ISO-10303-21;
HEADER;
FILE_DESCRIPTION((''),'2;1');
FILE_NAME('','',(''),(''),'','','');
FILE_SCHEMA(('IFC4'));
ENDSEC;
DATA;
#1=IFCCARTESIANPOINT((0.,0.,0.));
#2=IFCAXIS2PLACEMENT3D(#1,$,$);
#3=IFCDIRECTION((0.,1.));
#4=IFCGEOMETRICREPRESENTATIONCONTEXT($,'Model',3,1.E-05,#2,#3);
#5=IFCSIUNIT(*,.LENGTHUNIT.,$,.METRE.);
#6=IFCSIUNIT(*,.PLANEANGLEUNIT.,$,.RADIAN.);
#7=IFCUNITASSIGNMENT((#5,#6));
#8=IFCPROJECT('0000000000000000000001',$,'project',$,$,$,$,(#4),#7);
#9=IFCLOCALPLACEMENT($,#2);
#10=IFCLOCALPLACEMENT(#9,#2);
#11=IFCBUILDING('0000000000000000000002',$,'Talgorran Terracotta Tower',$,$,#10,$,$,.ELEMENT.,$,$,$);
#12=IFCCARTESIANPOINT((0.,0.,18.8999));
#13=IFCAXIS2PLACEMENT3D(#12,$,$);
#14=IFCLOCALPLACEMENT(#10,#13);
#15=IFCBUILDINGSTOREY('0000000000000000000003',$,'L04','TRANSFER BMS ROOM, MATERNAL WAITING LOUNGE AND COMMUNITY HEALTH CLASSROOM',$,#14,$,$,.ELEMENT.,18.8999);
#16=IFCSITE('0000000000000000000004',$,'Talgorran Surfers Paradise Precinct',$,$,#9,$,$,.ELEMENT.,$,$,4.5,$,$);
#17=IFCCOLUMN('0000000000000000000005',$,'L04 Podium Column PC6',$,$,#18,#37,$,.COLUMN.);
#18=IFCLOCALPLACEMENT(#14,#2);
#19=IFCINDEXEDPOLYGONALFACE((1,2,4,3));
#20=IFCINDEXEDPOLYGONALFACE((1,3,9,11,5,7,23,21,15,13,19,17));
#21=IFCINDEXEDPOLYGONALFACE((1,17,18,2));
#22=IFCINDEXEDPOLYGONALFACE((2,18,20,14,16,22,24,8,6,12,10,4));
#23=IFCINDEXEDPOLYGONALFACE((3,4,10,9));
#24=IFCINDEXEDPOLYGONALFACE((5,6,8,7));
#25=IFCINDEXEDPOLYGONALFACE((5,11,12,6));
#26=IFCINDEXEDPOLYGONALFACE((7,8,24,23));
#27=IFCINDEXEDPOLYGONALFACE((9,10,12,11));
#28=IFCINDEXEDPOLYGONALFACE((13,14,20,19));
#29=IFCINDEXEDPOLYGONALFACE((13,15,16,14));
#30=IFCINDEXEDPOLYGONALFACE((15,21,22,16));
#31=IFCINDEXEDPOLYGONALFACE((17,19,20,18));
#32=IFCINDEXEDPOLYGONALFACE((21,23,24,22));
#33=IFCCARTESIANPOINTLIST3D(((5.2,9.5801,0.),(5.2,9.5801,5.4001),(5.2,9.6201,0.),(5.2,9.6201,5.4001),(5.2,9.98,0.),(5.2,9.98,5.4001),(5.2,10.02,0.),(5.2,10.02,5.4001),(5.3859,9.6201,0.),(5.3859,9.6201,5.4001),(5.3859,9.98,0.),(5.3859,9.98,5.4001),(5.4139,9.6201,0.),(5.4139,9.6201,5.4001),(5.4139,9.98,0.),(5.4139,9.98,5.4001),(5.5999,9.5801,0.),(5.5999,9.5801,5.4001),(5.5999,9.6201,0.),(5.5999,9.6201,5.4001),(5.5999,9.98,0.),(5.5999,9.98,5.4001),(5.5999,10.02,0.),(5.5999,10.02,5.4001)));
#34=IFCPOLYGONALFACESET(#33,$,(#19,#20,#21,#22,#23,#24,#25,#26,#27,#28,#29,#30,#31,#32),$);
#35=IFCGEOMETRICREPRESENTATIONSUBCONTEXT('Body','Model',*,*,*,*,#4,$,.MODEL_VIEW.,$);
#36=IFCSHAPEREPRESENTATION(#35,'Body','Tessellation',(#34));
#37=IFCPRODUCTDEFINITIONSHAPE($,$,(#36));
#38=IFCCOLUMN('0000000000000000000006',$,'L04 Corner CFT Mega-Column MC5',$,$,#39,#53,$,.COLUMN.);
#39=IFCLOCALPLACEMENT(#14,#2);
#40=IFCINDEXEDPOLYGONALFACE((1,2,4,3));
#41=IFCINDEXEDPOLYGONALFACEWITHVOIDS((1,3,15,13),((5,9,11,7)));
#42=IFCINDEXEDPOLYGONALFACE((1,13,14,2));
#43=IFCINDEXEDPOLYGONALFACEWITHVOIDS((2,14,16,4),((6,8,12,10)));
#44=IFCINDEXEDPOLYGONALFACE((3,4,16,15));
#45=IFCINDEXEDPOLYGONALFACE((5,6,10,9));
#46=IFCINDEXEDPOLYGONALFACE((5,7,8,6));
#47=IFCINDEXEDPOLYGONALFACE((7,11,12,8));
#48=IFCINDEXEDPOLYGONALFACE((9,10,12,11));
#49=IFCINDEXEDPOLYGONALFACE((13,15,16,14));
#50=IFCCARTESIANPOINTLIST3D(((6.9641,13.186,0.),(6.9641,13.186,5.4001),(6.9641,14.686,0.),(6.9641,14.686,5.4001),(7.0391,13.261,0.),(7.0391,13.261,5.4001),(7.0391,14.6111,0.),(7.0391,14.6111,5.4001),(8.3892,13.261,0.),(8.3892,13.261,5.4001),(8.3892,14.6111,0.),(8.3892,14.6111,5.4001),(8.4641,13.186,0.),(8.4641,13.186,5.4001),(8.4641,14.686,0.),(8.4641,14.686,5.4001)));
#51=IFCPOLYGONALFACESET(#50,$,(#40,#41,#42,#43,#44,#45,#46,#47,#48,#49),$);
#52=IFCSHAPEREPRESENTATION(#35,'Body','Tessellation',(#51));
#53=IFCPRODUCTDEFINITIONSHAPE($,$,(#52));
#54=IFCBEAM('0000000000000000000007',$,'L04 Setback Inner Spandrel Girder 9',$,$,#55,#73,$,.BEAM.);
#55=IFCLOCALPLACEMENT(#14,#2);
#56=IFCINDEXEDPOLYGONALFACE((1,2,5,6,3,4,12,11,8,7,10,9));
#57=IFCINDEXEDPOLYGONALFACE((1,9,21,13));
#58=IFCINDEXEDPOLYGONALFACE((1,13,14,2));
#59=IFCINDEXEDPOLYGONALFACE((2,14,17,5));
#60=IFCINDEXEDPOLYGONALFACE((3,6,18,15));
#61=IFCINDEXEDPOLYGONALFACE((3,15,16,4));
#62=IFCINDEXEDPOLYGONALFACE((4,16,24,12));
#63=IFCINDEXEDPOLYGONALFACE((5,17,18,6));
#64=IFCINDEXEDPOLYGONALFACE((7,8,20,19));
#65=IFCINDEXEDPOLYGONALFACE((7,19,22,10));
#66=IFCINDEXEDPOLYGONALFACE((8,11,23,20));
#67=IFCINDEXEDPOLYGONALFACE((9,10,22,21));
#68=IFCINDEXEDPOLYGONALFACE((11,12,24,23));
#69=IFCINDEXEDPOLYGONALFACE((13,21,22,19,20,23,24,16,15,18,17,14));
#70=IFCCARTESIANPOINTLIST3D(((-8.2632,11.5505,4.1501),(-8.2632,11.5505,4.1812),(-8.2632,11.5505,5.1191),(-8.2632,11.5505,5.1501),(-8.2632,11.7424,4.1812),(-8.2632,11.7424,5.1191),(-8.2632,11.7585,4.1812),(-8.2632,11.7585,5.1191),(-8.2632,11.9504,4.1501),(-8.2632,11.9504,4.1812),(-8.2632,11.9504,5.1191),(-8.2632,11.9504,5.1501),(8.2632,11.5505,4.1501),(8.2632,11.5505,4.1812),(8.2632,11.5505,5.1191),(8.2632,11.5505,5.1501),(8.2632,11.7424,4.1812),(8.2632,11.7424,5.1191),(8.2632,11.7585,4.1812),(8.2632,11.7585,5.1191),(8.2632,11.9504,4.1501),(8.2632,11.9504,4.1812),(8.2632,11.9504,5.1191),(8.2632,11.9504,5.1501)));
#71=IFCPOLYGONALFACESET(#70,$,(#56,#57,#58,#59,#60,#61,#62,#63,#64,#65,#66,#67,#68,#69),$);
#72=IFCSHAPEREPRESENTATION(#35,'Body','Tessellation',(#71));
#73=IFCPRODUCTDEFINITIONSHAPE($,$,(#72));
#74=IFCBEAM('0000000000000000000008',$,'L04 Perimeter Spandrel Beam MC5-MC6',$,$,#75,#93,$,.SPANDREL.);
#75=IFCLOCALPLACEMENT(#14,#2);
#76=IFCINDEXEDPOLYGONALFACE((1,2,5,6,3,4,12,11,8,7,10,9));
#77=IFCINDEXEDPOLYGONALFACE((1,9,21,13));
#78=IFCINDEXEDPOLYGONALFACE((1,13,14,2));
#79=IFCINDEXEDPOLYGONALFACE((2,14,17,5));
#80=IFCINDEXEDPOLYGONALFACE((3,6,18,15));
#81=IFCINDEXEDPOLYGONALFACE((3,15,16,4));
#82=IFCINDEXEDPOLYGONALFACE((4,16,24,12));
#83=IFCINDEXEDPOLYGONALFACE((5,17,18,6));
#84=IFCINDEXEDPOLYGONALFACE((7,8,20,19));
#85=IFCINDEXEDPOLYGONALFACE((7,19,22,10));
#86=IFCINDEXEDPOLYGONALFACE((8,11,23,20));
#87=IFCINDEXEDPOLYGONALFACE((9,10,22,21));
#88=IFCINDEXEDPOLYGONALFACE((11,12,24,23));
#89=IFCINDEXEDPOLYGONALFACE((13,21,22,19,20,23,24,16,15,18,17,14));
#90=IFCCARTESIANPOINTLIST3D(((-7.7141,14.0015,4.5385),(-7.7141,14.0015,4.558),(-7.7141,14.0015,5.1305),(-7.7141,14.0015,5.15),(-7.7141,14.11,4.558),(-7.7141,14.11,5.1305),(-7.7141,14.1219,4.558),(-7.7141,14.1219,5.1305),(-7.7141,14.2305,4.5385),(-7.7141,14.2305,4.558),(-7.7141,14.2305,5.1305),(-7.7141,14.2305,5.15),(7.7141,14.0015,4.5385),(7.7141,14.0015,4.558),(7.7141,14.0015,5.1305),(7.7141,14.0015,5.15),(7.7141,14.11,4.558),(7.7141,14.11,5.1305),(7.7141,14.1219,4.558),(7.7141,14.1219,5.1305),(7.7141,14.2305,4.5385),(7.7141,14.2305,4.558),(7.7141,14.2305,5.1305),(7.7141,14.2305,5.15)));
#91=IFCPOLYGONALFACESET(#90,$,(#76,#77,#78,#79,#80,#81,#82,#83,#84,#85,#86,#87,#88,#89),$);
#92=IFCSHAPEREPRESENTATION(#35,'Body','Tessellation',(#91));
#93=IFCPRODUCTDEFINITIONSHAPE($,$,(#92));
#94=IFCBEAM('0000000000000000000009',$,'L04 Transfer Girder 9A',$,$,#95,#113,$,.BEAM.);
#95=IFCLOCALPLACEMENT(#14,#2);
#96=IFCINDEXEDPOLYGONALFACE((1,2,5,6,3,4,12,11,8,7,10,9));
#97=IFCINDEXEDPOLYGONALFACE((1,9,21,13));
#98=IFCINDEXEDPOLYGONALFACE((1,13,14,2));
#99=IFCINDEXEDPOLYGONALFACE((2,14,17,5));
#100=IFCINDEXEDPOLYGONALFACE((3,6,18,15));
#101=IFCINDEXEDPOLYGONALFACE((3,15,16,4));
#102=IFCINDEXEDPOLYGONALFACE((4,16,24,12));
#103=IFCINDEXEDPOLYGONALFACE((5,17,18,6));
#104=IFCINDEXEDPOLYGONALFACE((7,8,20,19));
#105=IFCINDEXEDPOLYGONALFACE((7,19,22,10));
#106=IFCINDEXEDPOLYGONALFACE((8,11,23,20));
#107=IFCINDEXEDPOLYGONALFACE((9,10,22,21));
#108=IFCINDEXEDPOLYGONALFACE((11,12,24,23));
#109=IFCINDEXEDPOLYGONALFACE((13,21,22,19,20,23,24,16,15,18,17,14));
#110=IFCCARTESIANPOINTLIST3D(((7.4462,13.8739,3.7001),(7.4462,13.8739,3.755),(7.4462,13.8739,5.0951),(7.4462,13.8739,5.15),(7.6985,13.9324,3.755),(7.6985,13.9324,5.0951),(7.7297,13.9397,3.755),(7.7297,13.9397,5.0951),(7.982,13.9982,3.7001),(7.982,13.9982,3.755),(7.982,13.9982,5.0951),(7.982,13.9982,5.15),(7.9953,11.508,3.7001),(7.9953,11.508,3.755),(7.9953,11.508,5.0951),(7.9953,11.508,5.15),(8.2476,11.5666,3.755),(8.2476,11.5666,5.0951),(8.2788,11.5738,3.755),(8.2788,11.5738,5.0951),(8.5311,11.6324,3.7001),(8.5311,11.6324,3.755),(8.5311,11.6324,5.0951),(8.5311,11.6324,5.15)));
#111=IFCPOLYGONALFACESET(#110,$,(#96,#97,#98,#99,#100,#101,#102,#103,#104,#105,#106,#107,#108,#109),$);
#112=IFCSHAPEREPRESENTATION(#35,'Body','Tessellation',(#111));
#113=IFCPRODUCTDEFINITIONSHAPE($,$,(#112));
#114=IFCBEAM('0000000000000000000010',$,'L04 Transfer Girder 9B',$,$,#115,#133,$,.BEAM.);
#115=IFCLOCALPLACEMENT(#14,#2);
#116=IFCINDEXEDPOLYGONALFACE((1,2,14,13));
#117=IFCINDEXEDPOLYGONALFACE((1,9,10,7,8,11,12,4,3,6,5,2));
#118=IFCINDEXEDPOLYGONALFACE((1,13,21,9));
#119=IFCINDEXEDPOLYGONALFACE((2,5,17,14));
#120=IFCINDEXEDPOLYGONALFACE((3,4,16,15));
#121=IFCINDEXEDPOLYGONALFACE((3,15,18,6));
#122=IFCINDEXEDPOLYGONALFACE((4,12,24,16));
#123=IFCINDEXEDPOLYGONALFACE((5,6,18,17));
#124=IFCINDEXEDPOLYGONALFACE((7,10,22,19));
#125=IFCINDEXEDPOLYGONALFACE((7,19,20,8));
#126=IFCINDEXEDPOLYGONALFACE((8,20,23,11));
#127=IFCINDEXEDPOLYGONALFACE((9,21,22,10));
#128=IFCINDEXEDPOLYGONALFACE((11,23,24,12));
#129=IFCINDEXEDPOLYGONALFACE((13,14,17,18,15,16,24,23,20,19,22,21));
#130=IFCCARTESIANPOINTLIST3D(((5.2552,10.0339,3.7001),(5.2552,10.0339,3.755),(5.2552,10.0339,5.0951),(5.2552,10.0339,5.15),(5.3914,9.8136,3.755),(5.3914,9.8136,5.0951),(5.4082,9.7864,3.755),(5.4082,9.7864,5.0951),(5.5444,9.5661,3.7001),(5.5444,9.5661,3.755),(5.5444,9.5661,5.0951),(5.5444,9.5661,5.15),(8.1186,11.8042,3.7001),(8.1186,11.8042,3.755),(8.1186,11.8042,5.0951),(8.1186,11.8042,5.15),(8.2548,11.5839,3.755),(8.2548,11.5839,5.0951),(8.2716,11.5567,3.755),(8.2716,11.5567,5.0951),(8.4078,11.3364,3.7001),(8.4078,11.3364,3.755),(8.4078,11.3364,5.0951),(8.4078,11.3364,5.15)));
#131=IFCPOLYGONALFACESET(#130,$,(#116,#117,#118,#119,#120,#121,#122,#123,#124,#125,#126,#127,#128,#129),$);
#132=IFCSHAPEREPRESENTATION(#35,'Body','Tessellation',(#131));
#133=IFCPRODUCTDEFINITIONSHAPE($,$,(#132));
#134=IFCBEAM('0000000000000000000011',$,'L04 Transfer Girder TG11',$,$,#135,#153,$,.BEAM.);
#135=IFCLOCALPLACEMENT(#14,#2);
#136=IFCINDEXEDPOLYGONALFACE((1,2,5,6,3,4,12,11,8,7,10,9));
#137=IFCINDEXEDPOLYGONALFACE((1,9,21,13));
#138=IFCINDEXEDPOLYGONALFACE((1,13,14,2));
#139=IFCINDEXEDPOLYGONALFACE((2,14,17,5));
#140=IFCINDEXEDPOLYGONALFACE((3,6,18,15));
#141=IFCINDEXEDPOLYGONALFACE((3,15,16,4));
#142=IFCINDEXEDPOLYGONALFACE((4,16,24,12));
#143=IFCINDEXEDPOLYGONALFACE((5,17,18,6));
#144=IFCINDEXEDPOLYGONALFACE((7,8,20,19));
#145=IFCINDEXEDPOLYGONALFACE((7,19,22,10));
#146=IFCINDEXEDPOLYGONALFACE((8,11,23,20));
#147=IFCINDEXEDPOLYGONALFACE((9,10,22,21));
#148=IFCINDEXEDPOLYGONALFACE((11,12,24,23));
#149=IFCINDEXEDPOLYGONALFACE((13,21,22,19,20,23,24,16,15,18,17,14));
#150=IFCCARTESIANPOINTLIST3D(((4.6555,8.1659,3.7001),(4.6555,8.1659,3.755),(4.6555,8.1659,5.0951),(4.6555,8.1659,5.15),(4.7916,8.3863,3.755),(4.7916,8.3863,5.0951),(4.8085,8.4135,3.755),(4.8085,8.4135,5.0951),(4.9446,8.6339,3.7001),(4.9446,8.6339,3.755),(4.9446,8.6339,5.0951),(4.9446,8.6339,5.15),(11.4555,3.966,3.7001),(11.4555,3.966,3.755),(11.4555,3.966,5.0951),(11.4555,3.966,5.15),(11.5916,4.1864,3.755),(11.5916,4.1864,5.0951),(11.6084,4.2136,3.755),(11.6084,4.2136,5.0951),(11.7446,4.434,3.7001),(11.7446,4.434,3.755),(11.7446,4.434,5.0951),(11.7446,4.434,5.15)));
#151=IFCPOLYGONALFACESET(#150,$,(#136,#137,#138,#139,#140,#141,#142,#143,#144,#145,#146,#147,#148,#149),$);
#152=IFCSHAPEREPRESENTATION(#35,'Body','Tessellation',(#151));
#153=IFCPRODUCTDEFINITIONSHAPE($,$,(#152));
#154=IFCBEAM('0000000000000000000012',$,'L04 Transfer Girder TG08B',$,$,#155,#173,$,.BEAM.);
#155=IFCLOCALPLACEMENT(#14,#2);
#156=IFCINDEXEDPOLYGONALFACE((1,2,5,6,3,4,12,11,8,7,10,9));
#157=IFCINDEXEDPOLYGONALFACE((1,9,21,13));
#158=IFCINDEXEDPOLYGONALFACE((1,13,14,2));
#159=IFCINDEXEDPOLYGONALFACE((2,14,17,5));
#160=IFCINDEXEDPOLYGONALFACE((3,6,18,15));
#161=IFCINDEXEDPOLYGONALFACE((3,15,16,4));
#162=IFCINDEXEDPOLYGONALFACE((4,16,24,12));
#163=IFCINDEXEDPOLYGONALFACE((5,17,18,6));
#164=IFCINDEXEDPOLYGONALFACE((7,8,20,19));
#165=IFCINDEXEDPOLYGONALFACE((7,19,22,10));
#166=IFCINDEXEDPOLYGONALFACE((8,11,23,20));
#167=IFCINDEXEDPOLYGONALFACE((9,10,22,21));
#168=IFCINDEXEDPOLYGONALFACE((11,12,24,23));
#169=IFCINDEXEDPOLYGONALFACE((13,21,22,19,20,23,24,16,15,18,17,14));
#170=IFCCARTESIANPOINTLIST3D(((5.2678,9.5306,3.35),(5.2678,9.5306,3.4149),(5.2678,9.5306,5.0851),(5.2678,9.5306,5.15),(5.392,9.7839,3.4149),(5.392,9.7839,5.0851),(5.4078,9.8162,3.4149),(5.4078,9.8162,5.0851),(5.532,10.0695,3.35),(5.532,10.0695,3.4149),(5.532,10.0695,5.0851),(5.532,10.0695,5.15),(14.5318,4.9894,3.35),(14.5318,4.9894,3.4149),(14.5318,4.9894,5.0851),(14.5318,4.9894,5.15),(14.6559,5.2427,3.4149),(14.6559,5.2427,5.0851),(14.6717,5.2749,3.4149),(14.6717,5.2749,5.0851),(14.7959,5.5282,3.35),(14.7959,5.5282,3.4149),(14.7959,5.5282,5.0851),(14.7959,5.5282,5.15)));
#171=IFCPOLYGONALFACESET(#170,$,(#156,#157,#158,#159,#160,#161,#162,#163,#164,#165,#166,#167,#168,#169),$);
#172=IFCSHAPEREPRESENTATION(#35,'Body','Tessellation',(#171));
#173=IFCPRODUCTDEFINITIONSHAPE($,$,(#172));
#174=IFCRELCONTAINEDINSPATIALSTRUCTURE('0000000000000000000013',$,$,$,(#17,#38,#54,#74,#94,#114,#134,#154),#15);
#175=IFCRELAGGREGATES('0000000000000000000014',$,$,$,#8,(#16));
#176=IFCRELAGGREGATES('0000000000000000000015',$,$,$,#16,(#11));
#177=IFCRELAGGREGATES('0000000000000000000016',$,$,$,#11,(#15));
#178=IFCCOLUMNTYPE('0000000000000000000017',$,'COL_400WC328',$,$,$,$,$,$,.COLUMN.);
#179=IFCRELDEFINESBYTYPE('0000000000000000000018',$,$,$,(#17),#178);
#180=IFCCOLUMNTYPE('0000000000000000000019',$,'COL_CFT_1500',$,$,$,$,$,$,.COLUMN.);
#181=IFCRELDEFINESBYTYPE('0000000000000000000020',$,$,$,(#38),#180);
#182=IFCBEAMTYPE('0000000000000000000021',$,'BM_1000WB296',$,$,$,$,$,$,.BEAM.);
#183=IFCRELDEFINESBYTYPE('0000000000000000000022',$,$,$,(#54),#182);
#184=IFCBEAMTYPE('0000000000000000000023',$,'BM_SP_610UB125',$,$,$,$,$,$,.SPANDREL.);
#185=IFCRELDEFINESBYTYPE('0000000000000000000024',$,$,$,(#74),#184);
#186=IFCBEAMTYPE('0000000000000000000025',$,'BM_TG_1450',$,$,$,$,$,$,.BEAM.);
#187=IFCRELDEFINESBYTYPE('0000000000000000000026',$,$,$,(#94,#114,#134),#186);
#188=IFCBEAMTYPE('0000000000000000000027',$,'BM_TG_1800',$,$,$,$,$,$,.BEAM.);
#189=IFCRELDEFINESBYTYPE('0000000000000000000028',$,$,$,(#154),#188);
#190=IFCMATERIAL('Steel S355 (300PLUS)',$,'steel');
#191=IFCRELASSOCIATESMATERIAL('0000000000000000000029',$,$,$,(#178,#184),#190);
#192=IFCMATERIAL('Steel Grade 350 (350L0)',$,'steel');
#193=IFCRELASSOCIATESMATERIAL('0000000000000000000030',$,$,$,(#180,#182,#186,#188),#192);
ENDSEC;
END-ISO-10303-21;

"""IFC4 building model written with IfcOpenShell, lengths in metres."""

from ifc_helpers import new_model, si_unit, direction, frame, origin, origin_2d, place, context, subcontext, project, spatial, hollow_rectangle, i_section, extrude, material, material_profile, profile_set, type_object, element, save


model = new_model("IFC4")

# Units and contexts
model_context = context("Model", 3, precision=1e-05, world=origin(), true_north=direction((0.0, 1.0)))
body_context = subcontext(model_context, "Body", "Model", "MODEL_VIEW")
ifc_project = project(units=[si_unit("LENGTHUNIT", "METRE"), si_unit("PLANEANGLEUNIT", "RADIAN")], contexts=[model_context])

# Site, building, storey
site_placement = place(None, origin())
site = spatial("IfcSite", under=ifc_project, at=site_placement, Name="Talgorran Surfers Paradise Precinct", CompositionType="ELEMENT", RefElevation=4.5)
building_placement = place(site_placement, origin())
building = spatial("IfcBuilding", under=site, at=building_placement, Name="Talgorran Terracotta Tower", CompositionType="ELEMENT")
storey_placement = place(building_placement, frame((0.0, 0.0, 18.8999)))
storey = spatial("IfcBuildingStorey", under=building, at=storey_placement, Name="L04", Description="TRANSFER BMS ROOM, MATERNAL WAITING LOUNGE AND COMMUNITY HEALTH CLASSROOM", CompositionType="ELEMENT", Elevation=18.8999)

# Columns
ifc_material_1 = material(Name="Steel S355 (300PLUS)", Category="steel")
ifc_material_profile_1 = material_profile(ifc_material_1, i_section(OverallWidth=0.3999, OverallDepth=0.4399, WebThickness=0.0281, FlangeThickness=0.04, at=origin_2d()), Name="400WC328")
ifc_profile_set_1 = profile_set([ifc_material_profile_1], Name="Steel S355 (300PLUS)")
column_type_1 = type_object("IfcColumnType", Name="COL_400WC328", PredefinedType="COLUMN", material=ifc_profile_set_1)
column_1_placement = place(storey_placement, frame((5.3999, 9.8, 0.0), z_axis=(0.0, 0.0, 1.0), x_axis=(1.0, 0.0, 0.0)))
element("IfcColumn", 1, at=column_1_placement, inside=storey, type_object=column_type_1, Name="L04 Podium Column PC6", PredefinedType="COLUMN", context=body_context, shape_type="SweptSolid", body=[
    extrude(i_section(OverallWidth=0.3999, OverallDepth=0.4399, WebThickness=0.0281, FlangeThickness=0.04, at=origin_2d()), origin(), (0.0, 0.0, 1.0), 5.4001),
])
ifc_material_2 = material(Name="Steel Grade 350 (350L0)", Category="steel")
ifc_material_profile_2 = material_profile(ifc_material_2, hollow_rectangle(XDim=1.5, YDim=1.5, WallThickness=0.075, at=origin_2d()), Name="CFT1500X1500X75")
ifc_profile_set_2 = profile_set([ifc_material_profile_2], Name="Steel Grade 350 (350L0)")
column_type_2 = type_object("IfcColumnType", Name="COL_CFT_1500", PredefinedType="COLUMN", material=ifc_profile_set_2)
column_2_placement = place(storey_placement, frame((7.7141, 13.936, 0.0), z_axis=(0.0, 0.0, 1.0), x_axis=(1.0, 0.0, 0.0)))
element("IfcColumn", 2, at=column_2_placement, inside=storey, type_object=column_type_2, Name="L04 Corner CFT Mega-Column MC5", PredefinedType="COLUMN", context=body_context, shape_type="SweptSolid", body=[
    extrude(hollow_rectangle(XDim=1.5, YDim=1.5, WallThickness=0.075, at=origin_2d()), origin(), (0.0, 0.0, 1.0), 5.4001),
])

# Beams
ifc_material_profile_3 = material_profile(ifc_material_2, i_section(OverallWidth=0.3999, OverallDepth=1.0, WebThickness=0.0161, FlangeThickness=0.031, at=origin_2d()), Name="1000WB296")
ifc_profile_set_3 = profile_set([ifc_material_profile_3], Name="Steel Grade 350 (350L0)")
beam_type_1 = type_object("IfcBeamType", Name="BM_1000WB296", PredefinedType="BEAM", material=ifc_profile_set_3)
beam_1_placement = place(storey_placement, frame((8.2632, 11.7505, 4.6501), z_axis=(-1.0, 0.0, 0.0), x_axis=(0.0, -1.0, 0.0)))
element("IfcBeam", 3, at=beam_1_placement, inside=storey, type_object=beam_type_1, Name="L04 Setback Inner Spandrel Girder 9", PredefinedType="BEAM", context=body_context, shape_type="SweptSolid", body=[
    extrude(i_section(OverallWidth=0.3999, OverallDepth=1.0, WebThickness=0.0161, FlangeThickness=0.031, at=origin_2d()), origin(), (0.0, 0.0, 1.0), 16.5264),
])
ifc_material_profile_4 = material_profile(ifc_material_1, i_section(OverallWidth=0.229, OverallDepth=0.6116, WebThickness=0.012, FlangeThickness=0.0195, at=origin_2d()), Name="610UB125")
ifc_profile_set_4 = profile_set([ifc_material_profile_4], Name="Steel S355 (300PLUS)")
beam_type_2 = type_object("IfcBeamType", Name="BM_SP_610UB125", PredefinedType="SPANDREL", material=ifc_profile_set_4)
beam_2_placement = place(storey_placement, frame((7.7141, 14.116, 4.8442), z_axis=(-1.0, 0.0, 0.0), x_axis=(0.0, -1.0, 0.0)))
element("IfcBeam", 4, at=beam_2_placement, inside=storey, type_object=beam_type_2, Name="L04 Perimeter Spandrel Beam MC5-MC6", PredefinedType="SPANDREL", context=body_context, shape_type="SweptSolid", body=[
    extrude(i_section(OverallWidth=0.229, OverallDepth=0.6116, WebThickness=0.012, FlangeThickness=0.0195, at=origin_2d()), origin(), (0.0, 0.0, 1.0), 15.4282),
])
ifc_material_profile_5 = material_profile(ifc_material_2, i_section(OverallWidth=0.55, OverallDepth=1.45, WebThickness=0.032, FlangeThickness=0.0549, at=origin_2d()), Name="TG1450X550")
ifc_profile_set_5 = profile_set([ifc_material_profile_5], Name="Steel Grade 350 (350L0)")
beam_type_3 = type_object("IfcBeamType", Name="BM_TG_1450", PredefinedType="BEAM", material=ifc_profile_set_5)
beam_3_placement = place(storey_placement, frame((7.7141, 13.936, 4.425), z_axis=(0.226085, -0.974107, 0.0), x_axis=(0.974107, 0.226085, 0.0)))
element("IfcBeam", 5, at=beam_3_placement, inside=storey, type_object=beam_type_3, Name="L04 Transfer Girder 9A", PredefinedType="BEAM", context=body_context, shape_type="SweptSolid", body=[
    extrude(i_section(OverallWidth=0.55, OverallDepth=1.45, WebThickness=0.032, FlangeThickness=0.0549, at=origin_2d()), origin(), (0.0, 0.0, 1.0), 2.4287),
])
beam_4_placement = place(storey_placement, frame((8.2632, 11.5703, 4.425), z_axis=(-0.850563, -0.525873, 0.0), x_axis=(0.525873, -0.850563, 0.0)))
element("IfcBeam", 6, at=beam_4_placement, inside=storey, type_object=beam_type_3, Name="L04 Transfer Girder 9B", PredefinedType="BEAM", context=body_context, shape_type="SweptSolid", body=[
    extrude(i_section(OverallWidth=0.55, OverallDepth=1.45, WebThickness=0.032, FlangeThickness=0.0549, at=origin_2d()), origin(), (0.0, 0.0, 1.0), 3.3665),
])
beam_5_placement = place(storey_placement, frame((4.8, 8.3999, 4.425), z_axis=(0.850802, -0.525486, 0.0), x_axis=(0.525486, 0.850802, 0.0)))
element("IfcBeam", 7, at=beam_5_placement, inside=storey, type_object=beam_type_3, Name="L04 Transfer Girder TG11", PredefinedType="BEAM", context=body_context, shape_type="SweptSolid", body=[
    extrude(i_section(OverallWidth=0.55, OverallDepth=1.45, WebThickness=0.032, FlangeThickness=0.0549, at=origin_2d()), origin(), (0.0, 0.0, 1.0), 7.9924),
])
ifc_material_profile_6 = material_profile(ifc_material_2, i_section(OverallWidth=0.6001, OverallDepth=1.8, WebThickness=0.0359, FlangeThickness=0.0649, at=origin_2d()), Name="TG1800X600")
ifc_profile_set_6 = profile_set([ifc_material_profile_6], Name="Steel Grade 350 (350L0)")
beam_type_4 = type_object("IfcBeamType", Name="BM_TG_1800", PredefinedType="BEAM", material=ifc_profile_set_6)
beam_6_placement = place(storey_placement, frame((5.3999, 9.8, 4.25), z_axis=(0.897916, -0.440167, 0.0), x_axis=(0.440167, 0.897916, 0.0)))
element("IfcBeam", 8, at=beam_6_placement, inside=storey, type_object=beam_type_4, Name="L04 Transfer Girder TG08B", PredefinedType="BEAM", context=body_context, shape_type="SweptSolid", body=[
    extrude(i_section(OverallWidth=0.6001, OverallDepth=1.8, WebThickness=0.0359, FlangeThickness=0.0649, at=origin_2d()), origin(), (0.0, 0.0, 1.0), 10.3171),
])

save(model, "model.ifc")
